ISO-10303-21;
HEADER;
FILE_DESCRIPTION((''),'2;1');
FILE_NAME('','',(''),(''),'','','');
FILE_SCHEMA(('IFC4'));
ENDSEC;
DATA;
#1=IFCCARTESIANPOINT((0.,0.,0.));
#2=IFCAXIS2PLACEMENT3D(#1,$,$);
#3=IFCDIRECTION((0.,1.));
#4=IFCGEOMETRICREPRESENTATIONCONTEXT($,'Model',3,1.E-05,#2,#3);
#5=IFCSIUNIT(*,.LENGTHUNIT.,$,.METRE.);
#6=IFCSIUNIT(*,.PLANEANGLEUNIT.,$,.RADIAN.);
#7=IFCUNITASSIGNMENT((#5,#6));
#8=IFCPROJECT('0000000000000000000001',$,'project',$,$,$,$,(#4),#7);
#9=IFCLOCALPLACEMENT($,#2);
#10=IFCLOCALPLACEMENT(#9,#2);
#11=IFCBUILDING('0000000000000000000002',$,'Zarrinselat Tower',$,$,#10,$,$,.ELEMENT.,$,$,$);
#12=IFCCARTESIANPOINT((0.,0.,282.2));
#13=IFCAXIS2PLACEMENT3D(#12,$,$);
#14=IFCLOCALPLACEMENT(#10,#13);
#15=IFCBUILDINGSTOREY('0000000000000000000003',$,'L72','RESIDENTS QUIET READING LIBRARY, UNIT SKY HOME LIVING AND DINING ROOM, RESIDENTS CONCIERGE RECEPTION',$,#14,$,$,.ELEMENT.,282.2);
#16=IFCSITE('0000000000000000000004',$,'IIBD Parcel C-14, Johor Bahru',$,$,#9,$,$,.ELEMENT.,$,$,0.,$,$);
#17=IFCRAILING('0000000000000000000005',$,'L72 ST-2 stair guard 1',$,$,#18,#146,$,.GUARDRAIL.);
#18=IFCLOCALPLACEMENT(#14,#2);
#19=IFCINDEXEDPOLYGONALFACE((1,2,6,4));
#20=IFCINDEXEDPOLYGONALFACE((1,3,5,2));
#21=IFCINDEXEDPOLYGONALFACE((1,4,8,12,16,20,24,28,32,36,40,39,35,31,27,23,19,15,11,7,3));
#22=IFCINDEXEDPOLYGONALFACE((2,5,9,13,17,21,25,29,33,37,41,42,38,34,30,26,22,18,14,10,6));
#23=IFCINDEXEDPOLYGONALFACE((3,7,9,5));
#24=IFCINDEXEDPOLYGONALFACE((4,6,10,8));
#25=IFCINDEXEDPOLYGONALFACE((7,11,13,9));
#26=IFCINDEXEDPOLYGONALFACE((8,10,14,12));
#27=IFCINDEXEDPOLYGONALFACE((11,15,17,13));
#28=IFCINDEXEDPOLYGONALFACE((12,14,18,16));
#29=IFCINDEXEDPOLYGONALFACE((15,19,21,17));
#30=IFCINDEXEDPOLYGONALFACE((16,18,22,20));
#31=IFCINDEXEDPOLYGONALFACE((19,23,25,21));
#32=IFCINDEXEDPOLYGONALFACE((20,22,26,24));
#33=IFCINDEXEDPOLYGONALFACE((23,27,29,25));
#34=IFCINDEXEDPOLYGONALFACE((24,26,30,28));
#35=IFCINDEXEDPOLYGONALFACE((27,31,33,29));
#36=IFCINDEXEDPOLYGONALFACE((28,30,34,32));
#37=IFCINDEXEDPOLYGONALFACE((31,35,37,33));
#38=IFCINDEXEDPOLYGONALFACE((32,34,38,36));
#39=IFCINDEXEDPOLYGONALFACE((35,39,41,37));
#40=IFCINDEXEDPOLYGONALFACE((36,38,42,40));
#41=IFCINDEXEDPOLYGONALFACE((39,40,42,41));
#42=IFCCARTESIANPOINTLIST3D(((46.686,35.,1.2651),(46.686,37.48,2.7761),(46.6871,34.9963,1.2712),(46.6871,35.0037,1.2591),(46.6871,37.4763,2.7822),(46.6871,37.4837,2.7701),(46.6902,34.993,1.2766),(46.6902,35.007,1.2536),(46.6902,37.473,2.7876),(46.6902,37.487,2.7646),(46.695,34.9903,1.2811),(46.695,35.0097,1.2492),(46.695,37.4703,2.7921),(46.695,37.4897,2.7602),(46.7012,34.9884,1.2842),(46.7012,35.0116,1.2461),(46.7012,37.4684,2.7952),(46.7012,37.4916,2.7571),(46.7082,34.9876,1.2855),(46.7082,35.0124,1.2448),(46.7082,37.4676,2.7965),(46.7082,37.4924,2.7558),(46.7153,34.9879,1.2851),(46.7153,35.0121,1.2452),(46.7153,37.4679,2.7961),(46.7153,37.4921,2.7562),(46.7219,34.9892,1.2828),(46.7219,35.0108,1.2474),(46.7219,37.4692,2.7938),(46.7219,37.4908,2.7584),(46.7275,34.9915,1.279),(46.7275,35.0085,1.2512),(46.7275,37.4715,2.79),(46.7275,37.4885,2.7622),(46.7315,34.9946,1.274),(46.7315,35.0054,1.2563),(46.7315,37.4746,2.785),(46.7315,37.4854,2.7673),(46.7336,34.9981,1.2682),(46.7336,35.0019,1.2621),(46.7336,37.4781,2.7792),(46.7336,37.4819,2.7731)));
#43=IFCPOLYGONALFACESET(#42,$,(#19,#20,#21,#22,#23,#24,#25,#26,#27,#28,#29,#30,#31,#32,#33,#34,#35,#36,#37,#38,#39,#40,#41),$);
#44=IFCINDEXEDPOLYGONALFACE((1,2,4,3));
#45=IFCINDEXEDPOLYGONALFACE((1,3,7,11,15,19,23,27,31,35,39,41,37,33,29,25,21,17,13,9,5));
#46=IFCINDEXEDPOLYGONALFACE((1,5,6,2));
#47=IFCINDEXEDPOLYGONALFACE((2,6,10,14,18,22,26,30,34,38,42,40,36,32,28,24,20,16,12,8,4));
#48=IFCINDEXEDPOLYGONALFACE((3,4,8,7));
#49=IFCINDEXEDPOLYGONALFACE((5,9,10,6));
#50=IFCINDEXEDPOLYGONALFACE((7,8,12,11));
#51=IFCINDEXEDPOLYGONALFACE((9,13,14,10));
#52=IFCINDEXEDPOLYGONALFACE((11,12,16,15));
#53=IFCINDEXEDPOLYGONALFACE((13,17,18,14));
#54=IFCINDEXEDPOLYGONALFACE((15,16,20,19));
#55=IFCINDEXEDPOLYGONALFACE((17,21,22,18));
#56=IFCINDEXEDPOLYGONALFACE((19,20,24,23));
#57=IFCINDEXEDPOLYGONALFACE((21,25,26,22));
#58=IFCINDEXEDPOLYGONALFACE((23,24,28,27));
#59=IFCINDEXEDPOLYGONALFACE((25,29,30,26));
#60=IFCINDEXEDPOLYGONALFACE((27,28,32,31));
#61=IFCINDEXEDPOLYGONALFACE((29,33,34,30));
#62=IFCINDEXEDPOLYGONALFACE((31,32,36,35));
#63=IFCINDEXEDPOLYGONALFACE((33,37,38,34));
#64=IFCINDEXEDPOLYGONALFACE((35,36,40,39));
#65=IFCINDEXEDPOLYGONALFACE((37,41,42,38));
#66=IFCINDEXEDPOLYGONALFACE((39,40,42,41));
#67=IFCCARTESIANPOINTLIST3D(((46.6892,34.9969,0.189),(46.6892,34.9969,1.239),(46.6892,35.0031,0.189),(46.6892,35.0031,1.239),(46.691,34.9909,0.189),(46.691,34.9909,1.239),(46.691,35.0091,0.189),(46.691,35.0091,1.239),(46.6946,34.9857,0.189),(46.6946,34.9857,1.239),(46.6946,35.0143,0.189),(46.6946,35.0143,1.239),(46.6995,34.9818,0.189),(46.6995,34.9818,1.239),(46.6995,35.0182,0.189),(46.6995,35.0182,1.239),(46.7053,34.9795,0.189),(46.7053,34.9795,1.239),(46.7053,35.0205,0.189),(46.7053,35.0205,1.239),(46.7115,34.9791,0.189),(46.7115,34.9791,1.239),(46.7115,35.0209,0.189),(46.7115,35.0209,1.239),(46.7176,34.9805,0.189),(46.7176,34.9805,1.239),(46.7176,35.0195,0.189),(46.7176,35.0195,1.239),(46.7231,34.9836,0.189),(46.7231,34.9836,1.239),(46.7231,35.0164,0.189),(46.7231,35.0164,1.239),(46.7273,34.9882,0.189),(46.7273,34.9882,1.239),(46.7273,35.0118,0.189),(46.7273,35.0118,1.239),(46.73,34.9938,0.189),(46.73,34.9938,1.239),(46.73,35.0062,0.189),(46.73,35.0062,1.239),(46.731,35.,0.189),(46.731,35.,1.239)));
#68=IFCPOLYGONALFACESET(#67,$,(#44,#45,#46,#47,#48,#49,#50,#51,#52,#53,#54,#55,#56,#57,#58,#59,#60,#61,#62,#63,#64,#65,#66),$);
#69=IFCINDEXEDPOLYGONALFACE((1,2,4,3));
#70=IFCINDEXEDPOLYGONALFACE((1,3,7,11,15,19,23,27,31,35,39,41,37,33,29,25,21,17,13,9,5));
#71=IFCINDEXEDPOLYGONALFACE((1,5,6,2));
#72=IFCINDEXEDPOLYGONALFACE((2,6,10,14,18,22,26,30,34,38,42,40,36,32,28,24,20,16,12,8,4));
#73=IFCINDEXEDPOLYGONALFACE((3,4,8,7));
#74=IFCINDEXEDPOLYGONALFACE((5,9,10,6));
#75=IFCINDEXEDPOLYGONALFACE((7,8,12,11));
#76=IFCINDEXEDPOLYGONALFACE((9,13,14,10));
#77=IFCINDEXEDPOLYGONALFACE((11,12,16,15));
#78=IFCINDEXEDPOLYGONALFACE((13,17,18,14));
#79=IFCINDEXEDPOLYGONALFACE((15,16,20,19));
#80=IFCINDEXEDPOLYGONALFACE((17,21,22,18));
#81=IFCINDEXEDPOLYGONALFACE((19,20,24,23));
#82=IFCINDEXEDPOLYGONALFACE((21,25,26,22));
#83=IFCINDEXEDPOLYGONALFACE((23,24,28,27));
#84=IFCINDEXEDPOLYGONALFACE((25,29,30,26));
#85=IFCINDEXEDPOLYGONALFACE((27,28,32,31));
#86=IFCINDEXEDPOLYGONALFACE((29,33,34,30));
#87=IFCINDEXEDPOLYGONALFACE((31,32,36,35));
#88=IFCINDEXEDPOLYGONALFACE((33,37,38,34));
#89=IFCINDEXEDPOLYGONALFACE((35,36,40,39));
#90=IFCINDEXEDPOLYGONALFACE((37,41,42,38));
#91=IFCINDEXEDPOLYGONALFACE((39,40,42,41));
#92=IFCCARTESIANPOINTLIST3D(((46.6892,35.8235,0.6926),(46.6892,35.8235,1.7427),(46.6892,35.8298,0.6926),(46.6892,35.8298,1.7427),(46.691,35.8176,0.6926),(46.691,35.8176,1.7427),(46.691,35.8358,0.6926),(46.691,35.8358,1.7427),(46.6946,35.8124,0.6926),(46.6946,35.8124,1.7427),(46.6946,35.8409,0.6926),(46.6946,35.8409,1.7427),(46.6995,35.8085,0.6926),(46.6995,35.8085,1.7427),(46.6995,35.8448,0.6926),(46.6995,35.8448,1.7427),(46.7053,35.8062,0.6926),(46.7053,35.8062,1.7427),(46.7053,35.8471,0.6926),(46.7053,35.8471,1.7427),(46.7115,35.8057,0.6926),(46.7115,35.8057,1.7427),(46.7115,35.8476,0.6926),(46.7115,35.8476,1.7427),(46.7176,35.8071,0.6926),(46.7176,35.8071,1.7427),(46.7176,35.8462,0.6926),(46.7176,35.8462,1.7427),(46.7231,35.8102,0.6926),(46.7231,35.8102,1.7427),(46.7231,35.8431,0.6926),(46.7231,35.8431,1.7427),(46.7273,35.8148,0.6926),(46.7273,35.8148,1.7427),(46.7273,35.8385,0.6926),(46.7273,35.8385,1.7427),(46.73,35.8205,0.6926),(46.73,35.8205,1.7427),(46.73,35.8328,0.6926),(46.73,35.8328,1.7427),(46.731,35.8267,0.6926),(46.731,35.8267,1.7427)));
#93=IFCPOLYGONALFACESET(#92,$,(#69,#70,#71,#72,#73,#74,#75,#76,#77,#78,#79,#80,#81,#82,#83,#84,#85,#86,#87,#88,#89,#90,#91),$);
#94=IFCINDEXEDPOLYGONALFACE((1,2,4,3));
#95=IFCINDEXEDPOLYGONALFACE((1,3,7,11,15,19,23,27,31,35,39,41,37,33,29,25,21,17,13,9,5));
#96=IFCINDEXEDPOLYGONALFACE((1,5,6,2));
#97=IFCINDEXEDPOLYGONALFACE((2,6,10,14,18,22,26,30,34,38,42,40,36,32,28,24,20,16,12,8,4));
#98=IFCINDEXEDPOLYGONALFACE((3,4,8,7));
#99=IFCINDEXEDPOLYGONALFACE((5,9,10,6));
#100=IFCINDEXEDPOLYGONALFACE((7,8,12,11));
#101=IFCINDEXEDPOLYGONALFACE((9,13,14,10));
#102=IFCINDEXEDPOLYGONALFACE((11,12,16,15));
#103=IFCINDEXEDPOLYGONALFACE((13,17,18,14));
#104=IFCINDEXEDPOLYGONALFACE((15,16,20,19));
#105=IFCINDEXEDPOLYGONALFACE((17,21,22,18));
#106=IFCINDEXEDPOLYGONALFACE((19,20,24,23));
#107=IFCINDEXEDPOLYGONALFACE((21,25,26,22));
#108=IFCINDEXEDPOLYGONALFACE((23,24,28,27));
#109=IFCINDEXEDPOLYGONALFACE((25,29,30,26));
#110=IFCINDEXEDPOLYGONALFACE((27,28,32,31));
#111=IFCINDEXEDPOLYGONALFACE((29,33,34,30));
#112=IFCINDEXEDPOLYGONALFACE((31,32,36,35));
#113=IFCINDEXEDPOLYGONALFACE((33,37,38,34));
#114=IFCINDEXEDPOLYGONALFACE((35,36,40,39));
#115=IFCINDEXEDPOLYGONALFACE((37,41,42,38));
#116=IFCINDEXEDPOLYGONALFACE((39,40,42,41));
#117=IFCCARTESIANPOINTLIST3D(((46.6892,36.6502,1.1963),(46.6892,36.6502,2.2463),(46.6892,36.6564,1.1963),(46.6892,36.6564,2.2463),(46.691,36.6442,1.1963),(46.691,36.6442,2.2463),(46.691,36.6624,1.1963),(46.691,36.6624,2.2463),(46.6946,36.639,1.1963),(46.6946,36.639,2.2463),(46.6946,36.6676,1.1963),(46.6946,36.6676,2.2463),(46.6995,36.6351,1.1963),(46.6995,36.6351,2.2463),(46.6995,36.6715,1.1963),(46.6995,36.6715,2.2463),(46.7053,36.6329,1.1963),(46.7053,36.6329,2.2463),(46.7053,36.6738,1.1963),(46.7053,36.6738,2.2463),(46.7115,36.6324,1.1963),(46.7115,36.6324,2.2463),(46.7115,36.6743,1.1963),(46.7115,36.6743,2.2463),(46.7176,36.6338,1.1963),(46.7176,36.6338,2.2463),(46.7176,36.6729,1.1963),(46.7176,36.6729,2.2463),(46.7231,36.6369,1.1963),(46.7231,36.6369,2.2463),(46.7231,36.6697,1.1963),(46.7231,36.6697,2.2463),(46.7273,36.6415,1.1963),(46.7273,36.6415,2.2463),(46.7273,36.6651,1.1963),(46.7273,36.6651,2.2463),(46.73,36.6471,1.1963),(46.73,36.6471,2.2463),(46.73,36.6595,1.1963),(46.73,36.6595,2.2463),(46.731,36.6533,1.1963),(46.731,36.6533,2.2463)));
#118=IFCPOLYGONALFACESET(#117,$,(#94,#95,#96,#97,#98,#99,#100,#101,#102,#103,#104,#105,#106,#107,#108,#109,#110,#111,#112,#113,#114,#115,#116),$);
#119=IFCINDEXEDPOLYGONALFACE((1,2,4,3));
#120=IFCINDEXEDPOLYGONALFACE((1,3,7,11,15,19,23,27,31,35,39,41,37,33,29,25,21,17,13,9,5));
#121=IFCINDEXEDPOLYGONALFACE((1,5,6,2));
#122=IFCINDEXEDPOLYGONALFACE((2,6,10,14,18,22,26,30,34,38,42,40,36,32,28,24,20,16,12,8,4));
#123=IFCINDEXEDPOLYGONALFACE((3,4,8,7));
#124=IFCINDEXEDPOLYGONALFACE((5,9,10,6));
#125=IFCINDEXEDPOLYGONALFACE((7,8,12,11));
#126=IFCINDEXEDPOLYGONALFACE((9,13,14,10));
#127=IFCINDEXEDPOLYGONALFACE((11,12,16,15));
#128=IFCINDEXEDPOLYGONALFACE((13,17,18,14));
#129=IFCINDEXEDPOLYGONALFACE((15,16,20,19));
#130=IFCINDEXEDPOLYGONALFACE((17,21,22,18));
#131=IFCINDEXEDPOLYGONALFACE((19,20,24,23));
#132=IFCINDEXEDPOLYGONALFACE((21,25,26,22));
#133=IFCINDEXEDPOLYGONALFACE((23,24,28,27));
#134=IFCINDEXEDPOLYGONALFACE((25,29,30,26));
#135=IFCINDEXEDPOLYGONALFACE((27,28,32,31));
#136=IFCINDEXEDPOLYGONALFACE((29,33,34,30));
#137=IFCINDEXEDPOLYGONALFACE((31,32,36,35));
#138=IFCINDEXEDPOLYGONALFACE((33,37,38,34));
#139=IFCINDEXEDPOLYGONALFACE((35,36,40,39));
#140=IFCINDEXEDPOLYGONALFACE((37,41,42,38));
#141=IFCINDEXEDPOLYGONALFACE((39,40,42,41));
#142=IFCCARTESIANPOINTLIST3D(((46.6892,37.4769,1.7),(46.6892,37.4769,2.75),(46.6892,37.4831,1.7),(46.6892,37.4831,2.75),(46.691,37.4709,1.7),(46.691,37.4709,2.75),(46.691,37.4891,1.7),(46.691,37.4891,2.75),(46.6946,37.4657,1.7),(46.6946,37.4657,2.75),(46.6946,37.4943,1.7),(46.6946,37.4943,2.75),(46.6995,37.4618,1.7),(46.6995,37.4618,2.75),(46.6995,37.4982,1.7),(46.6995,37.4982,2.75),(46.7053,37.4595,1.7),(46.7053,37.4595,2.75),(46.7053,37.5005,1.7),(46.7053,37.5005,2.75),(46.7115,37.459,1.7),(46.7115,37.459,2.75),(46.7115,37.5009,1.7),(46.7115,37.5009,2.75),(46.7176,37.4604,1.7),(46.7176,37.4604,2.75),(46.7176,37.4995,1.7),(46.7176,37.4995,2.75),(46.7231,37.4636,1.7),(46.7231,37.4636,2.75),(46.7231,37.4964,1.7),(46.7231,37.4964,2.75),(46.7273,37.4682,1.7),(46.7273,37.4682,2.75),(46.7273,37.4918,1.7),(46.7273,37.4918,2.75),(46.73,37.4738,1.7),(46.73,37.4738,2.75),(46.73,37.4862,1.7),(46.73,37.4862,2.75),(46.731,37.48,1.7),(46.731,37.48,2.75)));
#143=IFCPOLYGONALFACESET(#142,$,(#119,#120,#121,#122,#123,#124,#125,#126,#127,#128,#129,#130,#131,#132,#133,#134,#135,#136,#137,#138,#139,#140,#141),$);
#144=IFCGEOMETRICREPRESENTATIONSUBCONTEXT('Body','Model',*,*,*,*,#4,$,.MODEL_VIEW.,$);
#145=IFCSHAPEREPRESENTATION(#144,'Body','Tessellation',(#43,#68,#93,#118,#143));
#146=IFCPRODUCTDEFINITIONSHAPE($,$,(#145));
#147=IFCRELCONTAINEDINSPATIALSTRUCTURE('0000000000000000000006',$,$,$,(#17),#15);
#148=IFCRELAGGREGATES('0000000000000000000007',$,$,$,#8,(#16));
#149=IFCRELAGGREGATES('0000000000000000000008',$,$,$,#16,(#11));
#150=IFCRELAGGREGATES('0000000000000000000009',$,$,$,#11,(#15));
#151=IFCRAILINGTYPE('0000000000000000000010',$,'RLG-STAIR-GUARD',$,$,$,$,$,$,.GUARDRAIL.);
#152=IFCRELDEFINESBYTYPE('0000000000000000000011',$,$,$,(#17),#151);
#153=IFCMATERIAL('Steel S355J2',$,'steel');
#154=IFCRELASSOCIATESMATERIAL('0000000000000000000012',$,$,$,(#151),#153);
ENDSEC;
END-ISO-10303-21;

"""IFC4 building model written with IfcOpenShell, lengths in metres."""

from ifc_helpers import new_model, si_unit, direction, frame, origin, origin_2d, place, context, subcontext, project, spatial, circle, extrude, material, type_object, element, save


model = new_model("IFC4")

# Units and contexts
model_context = context("Model", 3, precision=1e-05, world=origin(), true_north=direction((0.0, 1.0)))
body_context = subcontext(model_context, "Body", "Model", "MODEL_VIEW")
ifc_project = project(units=[si_unit("LENGTHUNIT", "METRE"), si_unit("PLANEANGLEUNIT", "RADIAN")], contexts=[model_context])

# Site, building, storey
site_placement = place(None, origin())
site = spatial("IfcSite", under=ifc_project, at=site_placement, Name="IIBD Parcel C-14, Johor Bahru", CompositionType="ELEMENT", RefElevation=0.0)
building_placement = place(site_placement, origin())
building = spatial("IfcBuilding", under=site, at=building_placement, Name="Zarrinselat Tower", CompositionType="ELEMENT")
storey_placement = place(building_placement, frame((0.0, 0.0, 282.2)))
storey = spatial("IfcBuildingStorey", under=building, at=storey_placement, Name="L72", Description="RESIDENTS QUIET READING LIBRARY, UNIT SKY HOME LIVING AND DINING ROOM, RESIDENTS CONCIERGE RECEPTION", CompositionType="ELEMENT", Elevation=282.2)

# Railing
ifc_material_1 = material(Name="Steel S355J2", Category="steel")
railing_type_1 = type_object("IfcRailingType", Name="RLG-STAIR-GUARD", PredefinedType="GUARDRAIL", material=ifc_material_1)
railing_1_placement = place(storey_placement, frame((46.71, 35.0, 0.189)))
element("IfcRailing", 1, at=railing_1_placement, inside=storey, type_object=railing_type_1, Name="L72 ST-2 stair guard 1", PredefinedType="GUARDRAIL", context=body_context, shape_type="SweptSolid", body=[
    extrude(circle(Radius=0.0239, at=origin_2d()), frame((0.0, 0.0, 1.0762), z_axis=(0.0, 0.853979, 0.520307), x_axis=(-1.0, 0.0, 0.0)), (0.0, 0.0, 1.0), 2.9041),
    extrude(circle(Radius=0.021, at=origin_2d()), origin(), (0.0, 0.0, 1.0), 1.05),
    extrude(circle(Radius=0.021, at=origin_2d()), frame((0.0, 0.8267, 0.5037)), (0.0, 0.0, 1.0), 1.05),
    extrude(circle(Radius=0.021, at=origin_2d()), frame((0.0, 1.6533, 1.0073)), (0.0, 0.0, 1.0), 1.05),
    extrude(circle(Radius=0.021, at=origin_2d()), frame((0.0, 2.48, 1.511)), (0.0, 0.0, 1.0), 1.05),
])

save(model, "model.ifc")
